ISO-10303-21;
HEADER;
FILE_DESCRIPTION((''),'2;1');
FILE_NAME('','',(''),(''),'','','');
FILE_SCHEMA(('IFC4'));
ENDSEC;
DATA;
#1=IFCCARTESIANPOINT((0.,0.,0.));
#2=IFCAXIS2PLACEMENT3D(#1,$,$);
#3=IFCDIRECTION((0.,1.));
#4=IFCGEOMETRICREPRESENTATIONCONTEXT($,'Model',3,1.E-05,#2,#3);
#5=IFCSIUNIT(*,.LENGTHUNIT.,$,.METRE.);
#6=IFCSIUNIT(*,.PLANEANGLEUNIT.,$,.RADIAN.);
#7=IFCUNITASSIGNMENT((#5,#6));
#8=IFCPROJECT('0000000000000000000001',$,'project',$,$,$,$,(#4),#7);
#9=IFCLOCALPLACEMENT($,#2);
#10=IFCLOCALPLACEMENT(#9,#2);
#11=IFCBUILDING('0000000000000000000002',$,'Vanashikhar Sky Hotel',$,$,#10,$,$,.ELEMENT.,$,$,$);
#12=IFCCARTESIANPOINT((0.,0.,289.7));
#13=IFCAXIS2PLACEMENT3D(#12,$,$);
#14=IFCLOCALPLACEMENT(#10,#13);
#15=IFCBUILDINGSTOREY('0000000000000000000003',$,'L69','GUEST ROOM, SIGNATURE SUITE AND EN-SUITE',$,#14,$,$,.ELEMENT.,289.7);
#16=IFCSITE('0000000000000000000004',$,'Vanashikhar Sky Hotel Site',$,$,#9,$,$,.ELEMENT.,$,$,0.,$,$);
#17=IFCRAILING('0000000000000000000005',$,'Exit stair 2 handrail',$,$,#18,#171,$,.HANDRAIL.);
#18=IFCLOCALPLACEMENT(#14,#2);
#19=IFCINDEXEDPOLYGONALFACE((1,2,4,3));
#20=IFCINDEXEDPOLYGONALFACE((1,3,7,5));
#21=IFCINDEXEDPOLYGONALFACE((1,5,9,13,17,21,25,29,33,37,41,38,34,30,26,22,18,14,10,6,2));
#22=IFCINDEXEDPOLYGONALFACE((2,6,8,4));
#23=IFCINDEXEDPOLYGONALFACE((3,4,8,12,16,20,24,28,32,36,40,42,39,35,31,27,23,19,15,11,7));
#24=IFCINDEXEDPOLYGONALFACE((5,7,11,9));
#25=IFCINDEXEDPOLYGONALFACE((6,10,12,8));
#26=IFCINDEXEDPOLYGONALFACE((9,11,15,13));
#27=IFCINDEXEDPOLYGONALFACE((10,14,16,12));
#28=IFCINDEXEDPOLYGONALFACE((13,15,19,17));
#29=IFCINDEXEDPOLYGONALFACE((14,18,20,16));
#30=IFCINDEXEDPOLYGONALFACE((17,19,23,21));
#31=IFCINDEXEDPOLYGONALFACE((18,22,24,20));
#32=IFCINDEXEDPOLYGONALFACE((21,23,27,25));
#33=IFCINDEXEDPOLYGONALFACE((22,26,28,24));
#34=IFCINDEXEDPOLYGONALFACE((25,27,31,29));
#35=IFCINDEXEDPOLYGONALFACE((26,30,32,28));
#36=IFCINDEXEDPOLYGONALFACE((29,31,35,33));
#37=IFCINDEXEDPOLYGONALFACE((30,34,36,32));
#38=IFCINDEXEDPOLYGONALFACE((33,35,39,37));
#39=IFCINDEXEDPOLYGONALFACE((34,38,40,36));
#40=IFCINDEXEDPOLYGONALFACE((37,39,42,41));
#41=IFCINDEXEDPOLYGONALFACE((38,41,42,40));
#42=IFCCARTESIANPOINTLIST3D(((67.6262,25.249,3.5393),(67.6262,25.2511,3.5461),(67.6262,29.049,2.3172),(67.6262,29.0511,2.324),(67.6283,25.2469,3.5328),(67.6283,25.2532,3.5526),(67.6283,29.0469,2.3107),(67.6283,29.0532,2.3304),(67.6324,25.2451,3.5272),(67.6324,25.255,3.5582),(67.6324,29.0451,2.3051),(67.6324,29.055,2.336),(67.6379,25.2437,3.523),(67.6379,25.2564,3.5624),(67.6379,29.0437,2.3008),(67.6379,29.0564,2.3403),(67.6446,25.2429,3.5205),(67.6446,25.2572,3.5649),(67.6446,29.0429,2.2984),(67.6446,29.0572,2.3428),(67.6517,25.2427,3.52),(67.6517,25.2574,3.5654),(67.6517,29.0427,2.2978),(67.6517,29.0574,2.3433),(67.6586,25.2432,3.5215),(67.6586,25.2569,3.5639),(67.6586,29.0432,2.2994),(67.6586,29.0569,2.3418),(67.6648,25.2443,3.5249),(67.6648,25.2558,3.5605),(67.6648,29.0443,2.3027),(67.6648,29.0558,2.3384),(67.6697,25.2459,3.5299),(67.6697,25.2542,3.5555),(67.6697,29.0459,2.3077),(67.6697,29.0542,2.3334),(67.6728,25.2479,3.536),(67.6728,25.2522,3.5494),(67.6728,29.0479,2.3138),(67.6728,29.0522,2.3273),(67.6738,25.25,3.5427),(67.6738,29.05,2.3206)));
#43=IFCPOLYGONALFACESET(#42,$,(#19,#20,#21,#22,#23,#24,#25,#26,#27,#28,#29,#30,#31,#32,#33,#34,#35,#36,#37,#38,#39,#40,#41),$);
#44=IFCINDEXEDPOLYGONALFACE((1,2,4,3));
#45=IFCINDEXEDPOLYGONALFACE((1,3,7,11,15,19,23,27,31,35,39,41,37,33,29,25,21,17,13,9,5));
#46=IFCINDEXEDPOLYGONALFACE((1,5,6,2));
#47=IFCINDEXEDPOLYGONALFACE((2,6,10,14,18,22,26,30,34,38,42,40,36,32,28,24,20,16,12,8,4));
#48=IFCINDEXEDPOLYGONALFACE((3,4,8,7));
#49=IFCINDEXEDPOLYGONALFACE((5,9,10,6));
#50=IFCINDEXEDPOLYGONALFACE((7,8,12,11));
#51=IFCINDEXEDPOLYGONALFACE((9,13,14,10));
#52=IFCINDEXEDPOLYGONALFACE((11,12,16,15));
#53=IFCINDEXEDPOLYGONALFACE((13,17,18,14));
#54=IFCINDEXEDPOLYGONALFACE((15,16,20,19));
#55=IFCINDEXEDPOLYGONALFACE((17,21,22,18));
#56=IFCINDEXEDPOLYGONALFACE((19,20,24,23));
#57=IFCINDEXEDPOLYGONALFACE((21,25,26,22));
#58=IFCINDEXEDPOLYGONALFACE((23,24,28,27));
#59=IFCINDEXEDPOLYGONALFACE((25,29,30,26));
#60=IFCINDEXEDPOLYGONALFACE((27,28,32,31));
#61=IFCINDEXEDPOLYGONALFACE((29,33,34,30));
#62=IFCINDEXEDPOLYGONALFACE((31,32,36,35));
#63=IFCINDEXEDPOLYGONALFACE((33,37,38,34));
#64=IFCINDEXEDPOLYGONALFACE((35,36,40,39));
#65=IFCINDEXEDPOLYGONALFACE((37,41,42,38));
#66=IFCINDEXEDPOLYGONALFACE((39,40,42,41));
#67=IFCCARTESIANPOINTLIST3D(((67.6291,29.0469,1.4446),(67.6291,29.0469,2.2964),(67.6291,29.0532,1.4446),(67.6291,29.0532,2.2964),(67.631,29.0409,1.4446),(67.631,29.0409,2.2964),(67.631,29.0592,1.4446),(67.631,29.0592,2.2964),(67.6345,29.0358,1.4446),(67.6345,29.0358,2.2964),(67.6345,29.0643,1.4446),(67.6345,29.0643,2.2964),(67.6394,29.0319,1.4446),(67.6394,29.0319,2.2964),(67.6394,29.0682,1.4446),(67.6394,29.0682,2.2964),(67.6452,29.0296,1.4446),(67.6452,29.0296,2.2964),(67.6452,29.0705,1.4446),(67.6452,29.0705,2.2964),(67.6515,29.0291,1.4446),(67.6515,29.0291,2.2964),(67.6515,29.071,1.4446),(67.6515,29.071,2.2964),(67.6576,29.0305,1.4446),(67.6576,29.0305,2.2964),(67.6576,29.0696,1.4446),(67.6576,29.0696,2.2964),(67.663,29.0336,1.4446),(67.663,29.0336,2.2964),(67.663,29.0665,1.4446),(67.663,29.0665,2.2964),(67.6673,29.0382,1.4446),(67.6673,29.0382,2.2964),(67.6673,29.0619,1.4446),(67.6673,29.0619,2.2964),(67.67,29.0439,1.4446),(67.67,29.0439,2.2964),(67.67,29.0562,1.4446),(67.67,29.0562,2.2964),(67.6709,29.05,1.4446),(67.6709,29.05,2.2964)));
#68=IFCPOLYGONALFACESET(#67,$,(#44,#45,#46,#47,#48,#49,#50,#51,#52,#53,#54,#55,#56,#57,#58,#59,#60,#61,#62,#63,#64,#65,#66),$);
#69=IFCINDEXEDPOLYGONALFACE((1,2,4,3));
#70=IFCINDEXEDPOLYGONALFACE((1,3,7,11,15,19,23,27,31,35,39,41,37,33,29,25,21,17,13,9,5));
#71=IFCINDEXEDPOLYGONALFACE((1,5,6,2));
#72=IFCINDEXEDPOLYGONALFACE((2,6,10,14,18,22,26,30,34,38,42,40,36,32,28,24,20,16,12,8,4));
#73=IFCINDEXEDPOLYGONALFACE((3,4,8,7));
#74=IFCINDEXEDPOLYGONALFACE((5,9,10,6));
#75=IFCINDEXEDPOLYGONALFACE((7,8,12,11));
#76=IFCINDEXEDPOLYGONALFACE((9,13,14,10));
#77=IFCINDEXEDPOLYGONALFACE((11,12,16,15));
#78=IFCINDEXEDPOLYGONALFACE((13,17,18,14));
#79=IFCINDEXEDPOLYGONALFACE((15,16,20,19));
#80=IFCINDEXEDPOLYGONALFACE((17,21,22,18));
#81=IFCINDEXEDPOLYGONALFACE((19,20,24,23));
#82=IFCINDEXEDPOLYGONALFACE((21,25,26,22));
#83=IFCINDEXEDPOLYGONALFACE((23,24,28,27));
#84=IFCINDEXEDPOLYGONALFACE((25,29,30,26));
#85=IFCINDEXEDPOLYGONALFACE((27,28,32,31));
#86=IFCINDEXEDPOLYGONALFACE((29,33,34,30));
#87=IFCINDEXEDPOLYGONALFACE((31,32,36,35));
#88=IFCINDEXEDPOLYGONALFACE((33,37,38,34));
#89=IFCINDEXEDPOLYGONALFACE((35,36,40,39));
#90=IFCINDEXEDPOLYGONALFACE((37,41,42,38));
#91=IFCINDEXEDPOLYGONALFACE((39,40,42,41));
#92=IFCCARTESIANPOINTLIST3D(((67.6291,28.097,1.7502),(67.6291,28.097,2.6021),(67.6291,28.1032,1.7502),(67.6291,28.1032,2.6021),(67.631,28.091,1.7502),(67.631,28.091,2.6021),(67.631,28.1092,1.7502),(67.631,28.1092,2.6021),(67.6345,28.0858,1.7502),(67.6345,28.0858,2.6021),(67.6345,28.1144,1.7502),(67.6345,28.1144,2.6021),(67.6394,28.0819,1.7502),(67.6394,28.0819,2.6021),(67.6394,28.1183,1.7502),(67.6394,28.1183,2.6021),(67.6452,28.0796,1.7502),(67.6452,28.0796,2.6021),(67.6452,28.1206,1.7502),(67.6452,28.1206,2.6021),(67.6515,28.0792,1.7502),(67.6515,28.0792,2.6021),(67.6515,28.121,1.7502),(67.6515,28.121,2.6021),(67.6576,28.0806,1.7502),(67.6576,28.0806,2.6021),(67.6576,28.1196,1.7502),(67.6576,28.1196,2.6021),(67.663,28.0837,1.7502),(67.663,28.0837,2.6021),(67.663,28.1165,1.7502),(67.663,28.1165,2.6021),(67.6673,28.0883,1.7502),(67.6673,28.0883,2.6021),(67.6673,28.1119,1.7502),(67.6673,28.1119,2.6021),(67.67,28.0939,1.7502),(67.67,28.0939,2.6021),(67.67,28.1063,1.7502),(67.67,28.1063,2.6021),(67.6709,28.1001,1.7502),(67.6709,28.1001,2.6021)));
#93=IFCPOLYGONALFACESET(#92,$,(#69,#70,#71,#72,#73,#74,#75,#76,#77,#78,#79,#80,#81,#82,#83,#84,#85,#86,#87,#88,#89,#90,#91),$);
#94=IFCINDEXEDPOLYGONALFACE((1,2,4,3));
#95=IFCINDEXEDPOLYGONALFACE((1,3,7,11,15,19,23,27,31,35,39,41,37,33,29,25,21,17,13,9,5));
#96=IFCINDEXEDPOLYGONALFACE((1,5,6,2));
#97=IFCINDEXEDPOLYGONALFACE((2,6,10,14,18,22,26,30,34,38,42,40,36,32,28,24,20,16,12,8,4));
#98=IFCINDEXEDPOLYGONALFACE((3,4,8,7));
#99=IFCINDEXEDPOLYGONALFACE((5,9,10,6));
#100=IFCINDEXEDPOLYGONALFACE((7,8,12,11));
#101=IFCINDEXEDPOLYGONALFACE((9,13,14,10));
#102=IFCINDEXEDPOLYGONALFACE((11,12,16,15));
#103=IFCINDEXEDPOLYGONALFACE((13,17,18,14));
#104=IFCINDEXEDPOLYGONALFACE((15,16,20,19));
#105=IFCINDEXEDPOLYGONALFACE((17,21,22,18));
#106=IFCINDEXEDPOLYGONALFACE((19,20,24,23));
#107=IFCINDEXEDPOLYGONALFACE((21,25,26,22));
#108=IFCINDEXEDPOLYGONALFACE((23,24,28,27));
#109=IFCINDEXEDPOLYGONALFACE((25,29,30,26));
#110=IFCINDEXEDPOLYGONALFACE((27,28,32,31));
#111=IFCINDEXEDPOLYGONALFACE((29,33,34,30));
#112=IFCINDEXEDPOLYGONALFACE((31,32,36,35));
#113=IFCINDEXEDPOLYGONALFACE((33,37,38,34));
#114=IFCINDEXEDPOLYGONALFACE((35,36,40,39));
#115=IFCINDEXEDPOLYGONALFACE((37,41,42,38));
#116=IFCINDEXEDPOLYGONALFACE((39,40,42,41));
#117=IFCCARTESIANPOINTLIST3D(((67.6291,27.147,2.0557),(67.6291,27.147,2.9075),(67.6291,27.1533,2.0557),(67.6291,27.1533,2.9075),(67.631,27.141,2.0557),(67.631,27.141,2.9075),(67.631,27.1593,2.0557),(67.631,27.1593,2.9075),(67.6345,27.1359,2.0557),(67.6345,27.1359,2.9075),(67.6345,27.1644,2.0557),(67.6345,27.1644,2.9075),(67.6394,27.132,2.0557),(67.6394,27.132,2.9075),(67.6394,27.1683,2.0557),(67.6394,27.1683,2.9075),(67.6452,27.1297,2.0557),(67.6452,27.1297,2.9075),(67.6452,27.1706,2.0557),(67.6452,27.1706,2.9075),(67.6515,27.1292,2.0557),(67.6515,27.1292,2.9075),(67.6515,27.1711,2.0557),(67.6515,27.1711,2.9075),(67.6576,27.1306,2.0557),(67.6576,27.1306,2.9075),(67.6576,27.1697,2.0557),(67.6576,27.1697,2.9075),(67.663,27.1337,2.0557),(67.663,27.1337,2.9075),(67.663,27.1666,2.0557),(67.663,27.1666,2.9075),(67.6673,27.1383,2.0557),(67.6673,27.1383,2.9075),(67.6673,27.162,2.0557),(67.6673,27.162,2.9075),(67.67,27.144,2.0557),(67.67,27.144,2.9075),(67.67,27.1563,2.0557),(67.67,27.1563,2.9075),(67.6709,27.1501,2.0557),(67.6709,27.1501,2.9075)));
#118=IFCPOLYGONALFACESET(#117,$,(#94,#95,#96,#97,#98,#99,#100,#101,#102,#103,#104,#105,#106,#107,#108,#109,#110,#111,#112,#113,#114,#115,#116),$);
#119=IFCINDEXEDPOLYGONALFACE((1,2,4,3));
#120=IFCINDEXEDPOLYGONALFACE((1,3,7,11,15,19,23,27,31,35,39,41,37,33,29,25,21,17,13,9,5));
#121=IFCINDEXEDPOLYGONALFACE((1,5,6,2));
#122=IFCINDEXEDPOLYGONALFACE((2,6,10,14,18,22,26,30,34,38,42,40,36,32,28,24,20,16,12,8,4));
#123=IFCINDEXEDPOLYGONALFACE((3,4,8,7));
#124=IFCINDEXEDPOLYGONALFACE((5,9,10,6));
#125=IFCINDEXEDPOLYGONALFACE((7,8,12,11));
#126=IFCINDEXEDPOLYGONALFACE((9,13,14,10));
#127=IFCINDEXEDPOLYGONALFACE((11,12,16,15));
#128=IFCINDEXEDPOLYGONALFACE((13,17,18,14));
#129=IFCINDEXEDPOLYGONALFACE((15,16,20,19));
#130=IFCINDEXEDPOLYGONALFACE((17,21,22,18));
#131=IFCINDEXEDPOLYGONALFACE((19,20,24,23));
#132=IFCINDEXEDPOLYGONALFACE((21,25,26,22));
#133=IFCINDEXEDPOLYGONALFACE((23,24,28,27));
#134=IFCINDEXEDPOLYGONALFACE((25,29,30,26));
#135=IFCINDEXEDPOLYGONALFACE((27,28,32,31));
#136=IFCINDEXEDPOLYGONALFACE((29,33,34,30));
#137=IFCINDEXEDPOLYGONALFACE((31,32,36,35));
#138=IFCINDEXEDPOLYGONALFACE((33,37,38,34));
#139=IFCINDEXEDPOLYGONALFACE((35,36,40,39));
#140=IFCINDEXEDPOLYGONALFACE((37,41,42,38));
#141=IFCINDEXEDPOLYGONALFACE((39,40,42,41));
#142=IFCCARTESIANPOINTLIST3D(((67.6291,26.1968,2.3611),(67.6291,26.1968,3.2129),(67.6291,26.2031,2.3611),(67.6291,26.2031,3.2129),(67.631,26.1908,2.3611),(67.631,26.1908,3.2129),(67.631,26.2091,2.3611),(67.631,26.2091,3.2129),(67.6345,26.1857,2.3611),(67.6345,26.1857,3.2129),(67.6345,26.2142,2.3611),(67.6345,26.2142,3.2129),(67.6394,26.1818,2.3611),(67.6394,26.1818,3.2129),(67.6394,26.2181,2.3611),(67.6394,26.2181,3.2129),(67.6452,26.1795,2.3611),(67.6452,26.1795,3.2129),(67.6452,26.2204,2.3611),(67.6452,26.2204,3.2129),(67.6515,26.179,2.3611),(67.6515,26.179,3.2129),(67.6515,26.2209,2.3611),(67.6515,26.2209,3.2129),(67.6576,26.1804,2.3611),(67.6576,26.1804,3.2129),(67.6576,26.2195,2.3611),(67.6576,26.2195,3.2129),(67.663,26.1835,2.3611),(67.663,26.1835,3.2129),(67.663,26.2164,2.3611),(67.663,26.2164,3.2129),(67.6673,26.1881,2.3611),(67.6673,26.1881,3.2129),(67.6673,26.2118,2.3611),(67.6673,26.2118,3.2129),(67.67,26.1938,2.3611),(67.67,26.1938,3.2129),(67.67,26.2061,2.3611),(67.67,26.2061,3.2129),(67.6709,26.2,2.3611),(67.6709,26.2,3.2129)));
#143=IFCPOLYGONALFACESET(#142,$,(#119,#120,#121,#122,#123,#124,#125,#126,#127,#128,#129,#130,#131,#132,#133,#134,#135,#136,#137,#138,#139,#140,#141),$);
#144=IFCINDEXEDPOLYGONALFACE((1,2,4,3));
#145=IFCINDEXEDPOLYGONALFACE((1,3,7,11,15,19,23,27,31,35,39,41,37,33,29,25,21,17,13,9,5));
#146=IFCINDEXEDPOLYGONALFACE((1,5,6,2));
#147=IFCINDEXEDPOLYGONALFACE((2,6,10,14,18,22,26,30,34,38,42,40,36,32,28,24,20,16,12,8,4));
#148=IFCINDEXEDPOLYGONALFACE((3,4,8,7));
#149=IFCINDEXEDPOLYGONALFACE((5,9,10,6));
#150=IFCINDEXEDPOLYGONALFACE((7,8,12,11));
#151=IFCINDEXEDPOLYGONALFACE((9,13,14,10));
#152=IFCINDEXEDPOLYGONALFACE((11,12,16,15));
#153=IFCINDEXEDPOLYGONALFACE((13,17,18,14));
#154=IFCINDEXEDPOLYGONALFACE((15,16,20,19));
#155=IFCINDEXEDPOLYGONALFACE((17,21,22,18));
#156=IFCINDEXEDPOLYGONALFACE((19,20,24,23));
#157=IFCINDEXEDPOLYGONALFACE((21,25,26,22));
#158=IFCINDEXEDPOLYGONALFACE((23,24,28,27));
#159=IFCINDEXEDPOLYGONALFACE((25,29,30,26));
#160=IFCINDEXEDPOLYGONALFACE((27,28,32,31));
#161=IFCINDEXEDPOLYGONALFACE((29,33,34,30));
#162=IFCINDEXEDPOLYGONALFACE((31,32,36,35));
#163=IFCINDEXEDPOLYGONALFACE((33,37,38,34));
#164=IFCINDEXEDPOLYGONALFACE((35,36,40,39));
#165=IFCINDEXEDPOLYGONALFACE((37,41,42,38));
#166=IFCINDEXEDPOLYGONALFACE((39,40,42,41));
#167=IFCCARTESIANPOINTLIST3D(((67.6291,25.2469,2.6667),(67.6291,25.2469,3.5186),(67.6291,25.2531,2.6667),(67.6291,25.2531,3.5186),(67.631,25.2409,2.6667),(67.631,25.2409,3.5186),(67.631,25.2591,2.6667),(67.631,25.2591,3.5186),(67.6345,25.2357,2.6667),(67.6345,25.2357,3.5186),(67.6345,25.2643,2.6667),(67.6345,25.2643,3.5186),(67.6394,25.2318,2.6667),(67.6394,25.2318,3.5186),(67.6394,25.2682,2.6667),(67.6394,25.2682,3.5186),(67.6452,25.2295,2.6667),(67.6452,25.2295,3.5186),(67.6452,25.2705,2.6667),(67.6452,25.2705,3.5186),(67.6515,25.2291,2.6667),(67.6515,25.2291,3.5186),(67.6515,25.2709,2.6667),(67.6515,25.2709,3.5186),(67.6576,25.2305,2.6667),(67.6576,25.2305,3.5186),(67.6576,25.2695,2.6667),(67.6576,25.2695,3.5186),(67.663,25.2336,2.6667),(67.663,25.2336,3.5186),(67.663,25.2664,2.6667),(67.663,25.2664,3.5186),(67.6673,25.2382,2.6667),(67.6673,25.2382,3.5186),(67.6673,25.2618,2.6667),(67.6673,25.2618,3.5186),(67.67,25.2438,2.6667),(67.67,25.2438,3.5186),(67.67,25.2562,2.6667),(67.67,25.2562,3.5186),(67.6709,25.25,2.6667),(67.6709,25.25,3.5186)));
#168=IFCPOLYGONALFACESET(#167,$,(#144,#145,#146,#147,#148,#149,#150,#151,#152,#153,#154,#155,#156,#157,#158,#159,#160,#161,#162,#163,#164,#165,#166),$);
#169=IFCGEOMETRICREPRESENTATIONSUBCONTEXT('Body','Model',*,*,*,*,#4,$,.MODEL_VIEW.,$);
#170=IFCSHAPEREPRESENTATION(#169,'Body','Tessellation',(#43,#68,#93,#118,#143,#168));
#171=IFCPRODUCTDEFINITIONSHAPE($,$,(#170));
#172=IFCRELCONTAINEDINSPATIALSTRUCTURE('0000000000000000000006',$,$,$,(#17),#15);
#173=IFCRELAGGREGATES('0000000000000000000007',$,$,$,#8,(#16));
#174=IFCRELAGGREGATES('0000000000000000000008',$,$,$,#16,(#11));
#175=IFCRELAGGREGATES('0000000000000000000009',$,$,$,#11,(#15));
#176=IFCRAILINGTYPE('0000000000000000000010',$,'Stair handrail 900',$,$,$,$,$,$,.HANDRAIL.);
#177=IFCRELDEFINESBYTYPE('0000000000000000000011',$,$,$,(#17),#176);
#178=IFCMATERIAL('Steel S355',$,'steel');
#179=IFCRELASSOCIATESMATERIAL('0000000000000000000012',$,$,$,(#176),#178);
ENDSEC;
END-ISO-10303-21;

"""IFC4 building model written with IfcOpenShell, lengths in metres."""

from ifc_helpers import new_model, si_unit, direction, frame, origin, origin_2d, place, context, subcontext, project, spatial, circle, extrude, source, transform, mapped, material, type_object, element, save


model = new_model("IFC4")

# Units and contexts
model_context = context("Model", 3, precision=1e-05, world=origin(), true_north=direction((0.0, 1.0)))
body_context = subcontext(model_context, "Body", "Model", "MODEL_VIEW")
ifc_project = project(units=[si_unit("LENGTHUNIT", "METRE"), si_unit("PLANEANGLEUNIT", "RADIAN")], contexts=[model_context])

# Site, building, storey
site_placement = place(None, origin())
site = spatial("IfcSite", under=ifc_project, at=site_placement, Name="Vanashikhar Sky Hotel Site", CompositionType="ELEMENT", RefElevation=0.0)
building_placement = place(site_placement, origin())
building = spatial("IfcBuilding", under=site, at=building_placement, Name="Vanashikhar Sky Hotel", CompositionType="ELEMENT")
storey_placement = place(building_placement, frame((0.0, 0.0, 289.7)))
storey = spatial("IfcBuildingStorey", under=building, at=storey_placement, Name="L69", Description="GUEST ROOM, SIGNATURE SUITE AND EN-SUITE", CompositionType="ELEMENT", Elevation=289.7)

# Railing
ifc_material_1 = material(Name="Steel S355", Category="steel")
railing_type_1 = type_object("IfcRailingType", Name="Stair handrail 900", PredefinedType="HANDRAIL", material=ifc_material_1)
shared_shape_1 = source(origin(), body_context, "Body", "SweptSolid", [
    extrude(circle(Radius=0.0239, at=origin_2d()), frame((0.0, 0.0, 0.876), z_axis=(0.0, -0.951976, 0.306173), x_axis=(1.0, 0.0, 0.0)), (0.0, 0.0, 1.0), 3.9917),
    extrude(circle(Radius=0.021, at=origin_2d()), origin(), (0.0, 0.0, 1.0), 0.8518),
    extrude(circle(Radius=0.021, at=origin_2d()), frame((0.0, -0.95, 0.3057)), (0.0, 0.0, 1.0), 0.8518),
    extrude(circle(Radius=0.021, at=origin_2d()), frame((0.0, -1.8999, 0.6111)), (0.0, 0.0, 1.0), 0.8518),
    extrude(circle(Radius=0.021, at=origin_2d()), frame((0.0, -2.8501, 0.9165)), (0.0, 0.0, 1.0), 0.8518),
    extrude(circle(Radius=0.021, at=origin_2d()), frame((0.0, -3.8, 1.2222)), (0.0, 0.0, 1.0), 0.8518),
])
railing_1_placement = place(storey_placement, frame((67.6499, 29.05, 1.4446)))
element("IfcRailing", 1, at=railing_1_placement, inside=storey, type_object=railing_type_1, Name="Exit stair 2 handrail", PredefinedType="HANDRAIL", context=body_context, shape_type="MappedRepresentation", body=[
    mapped(shared_shape_1, transform((0.0, 0.0, 0.0), scale=1.0)),
])

save(model, "model.ifc")
